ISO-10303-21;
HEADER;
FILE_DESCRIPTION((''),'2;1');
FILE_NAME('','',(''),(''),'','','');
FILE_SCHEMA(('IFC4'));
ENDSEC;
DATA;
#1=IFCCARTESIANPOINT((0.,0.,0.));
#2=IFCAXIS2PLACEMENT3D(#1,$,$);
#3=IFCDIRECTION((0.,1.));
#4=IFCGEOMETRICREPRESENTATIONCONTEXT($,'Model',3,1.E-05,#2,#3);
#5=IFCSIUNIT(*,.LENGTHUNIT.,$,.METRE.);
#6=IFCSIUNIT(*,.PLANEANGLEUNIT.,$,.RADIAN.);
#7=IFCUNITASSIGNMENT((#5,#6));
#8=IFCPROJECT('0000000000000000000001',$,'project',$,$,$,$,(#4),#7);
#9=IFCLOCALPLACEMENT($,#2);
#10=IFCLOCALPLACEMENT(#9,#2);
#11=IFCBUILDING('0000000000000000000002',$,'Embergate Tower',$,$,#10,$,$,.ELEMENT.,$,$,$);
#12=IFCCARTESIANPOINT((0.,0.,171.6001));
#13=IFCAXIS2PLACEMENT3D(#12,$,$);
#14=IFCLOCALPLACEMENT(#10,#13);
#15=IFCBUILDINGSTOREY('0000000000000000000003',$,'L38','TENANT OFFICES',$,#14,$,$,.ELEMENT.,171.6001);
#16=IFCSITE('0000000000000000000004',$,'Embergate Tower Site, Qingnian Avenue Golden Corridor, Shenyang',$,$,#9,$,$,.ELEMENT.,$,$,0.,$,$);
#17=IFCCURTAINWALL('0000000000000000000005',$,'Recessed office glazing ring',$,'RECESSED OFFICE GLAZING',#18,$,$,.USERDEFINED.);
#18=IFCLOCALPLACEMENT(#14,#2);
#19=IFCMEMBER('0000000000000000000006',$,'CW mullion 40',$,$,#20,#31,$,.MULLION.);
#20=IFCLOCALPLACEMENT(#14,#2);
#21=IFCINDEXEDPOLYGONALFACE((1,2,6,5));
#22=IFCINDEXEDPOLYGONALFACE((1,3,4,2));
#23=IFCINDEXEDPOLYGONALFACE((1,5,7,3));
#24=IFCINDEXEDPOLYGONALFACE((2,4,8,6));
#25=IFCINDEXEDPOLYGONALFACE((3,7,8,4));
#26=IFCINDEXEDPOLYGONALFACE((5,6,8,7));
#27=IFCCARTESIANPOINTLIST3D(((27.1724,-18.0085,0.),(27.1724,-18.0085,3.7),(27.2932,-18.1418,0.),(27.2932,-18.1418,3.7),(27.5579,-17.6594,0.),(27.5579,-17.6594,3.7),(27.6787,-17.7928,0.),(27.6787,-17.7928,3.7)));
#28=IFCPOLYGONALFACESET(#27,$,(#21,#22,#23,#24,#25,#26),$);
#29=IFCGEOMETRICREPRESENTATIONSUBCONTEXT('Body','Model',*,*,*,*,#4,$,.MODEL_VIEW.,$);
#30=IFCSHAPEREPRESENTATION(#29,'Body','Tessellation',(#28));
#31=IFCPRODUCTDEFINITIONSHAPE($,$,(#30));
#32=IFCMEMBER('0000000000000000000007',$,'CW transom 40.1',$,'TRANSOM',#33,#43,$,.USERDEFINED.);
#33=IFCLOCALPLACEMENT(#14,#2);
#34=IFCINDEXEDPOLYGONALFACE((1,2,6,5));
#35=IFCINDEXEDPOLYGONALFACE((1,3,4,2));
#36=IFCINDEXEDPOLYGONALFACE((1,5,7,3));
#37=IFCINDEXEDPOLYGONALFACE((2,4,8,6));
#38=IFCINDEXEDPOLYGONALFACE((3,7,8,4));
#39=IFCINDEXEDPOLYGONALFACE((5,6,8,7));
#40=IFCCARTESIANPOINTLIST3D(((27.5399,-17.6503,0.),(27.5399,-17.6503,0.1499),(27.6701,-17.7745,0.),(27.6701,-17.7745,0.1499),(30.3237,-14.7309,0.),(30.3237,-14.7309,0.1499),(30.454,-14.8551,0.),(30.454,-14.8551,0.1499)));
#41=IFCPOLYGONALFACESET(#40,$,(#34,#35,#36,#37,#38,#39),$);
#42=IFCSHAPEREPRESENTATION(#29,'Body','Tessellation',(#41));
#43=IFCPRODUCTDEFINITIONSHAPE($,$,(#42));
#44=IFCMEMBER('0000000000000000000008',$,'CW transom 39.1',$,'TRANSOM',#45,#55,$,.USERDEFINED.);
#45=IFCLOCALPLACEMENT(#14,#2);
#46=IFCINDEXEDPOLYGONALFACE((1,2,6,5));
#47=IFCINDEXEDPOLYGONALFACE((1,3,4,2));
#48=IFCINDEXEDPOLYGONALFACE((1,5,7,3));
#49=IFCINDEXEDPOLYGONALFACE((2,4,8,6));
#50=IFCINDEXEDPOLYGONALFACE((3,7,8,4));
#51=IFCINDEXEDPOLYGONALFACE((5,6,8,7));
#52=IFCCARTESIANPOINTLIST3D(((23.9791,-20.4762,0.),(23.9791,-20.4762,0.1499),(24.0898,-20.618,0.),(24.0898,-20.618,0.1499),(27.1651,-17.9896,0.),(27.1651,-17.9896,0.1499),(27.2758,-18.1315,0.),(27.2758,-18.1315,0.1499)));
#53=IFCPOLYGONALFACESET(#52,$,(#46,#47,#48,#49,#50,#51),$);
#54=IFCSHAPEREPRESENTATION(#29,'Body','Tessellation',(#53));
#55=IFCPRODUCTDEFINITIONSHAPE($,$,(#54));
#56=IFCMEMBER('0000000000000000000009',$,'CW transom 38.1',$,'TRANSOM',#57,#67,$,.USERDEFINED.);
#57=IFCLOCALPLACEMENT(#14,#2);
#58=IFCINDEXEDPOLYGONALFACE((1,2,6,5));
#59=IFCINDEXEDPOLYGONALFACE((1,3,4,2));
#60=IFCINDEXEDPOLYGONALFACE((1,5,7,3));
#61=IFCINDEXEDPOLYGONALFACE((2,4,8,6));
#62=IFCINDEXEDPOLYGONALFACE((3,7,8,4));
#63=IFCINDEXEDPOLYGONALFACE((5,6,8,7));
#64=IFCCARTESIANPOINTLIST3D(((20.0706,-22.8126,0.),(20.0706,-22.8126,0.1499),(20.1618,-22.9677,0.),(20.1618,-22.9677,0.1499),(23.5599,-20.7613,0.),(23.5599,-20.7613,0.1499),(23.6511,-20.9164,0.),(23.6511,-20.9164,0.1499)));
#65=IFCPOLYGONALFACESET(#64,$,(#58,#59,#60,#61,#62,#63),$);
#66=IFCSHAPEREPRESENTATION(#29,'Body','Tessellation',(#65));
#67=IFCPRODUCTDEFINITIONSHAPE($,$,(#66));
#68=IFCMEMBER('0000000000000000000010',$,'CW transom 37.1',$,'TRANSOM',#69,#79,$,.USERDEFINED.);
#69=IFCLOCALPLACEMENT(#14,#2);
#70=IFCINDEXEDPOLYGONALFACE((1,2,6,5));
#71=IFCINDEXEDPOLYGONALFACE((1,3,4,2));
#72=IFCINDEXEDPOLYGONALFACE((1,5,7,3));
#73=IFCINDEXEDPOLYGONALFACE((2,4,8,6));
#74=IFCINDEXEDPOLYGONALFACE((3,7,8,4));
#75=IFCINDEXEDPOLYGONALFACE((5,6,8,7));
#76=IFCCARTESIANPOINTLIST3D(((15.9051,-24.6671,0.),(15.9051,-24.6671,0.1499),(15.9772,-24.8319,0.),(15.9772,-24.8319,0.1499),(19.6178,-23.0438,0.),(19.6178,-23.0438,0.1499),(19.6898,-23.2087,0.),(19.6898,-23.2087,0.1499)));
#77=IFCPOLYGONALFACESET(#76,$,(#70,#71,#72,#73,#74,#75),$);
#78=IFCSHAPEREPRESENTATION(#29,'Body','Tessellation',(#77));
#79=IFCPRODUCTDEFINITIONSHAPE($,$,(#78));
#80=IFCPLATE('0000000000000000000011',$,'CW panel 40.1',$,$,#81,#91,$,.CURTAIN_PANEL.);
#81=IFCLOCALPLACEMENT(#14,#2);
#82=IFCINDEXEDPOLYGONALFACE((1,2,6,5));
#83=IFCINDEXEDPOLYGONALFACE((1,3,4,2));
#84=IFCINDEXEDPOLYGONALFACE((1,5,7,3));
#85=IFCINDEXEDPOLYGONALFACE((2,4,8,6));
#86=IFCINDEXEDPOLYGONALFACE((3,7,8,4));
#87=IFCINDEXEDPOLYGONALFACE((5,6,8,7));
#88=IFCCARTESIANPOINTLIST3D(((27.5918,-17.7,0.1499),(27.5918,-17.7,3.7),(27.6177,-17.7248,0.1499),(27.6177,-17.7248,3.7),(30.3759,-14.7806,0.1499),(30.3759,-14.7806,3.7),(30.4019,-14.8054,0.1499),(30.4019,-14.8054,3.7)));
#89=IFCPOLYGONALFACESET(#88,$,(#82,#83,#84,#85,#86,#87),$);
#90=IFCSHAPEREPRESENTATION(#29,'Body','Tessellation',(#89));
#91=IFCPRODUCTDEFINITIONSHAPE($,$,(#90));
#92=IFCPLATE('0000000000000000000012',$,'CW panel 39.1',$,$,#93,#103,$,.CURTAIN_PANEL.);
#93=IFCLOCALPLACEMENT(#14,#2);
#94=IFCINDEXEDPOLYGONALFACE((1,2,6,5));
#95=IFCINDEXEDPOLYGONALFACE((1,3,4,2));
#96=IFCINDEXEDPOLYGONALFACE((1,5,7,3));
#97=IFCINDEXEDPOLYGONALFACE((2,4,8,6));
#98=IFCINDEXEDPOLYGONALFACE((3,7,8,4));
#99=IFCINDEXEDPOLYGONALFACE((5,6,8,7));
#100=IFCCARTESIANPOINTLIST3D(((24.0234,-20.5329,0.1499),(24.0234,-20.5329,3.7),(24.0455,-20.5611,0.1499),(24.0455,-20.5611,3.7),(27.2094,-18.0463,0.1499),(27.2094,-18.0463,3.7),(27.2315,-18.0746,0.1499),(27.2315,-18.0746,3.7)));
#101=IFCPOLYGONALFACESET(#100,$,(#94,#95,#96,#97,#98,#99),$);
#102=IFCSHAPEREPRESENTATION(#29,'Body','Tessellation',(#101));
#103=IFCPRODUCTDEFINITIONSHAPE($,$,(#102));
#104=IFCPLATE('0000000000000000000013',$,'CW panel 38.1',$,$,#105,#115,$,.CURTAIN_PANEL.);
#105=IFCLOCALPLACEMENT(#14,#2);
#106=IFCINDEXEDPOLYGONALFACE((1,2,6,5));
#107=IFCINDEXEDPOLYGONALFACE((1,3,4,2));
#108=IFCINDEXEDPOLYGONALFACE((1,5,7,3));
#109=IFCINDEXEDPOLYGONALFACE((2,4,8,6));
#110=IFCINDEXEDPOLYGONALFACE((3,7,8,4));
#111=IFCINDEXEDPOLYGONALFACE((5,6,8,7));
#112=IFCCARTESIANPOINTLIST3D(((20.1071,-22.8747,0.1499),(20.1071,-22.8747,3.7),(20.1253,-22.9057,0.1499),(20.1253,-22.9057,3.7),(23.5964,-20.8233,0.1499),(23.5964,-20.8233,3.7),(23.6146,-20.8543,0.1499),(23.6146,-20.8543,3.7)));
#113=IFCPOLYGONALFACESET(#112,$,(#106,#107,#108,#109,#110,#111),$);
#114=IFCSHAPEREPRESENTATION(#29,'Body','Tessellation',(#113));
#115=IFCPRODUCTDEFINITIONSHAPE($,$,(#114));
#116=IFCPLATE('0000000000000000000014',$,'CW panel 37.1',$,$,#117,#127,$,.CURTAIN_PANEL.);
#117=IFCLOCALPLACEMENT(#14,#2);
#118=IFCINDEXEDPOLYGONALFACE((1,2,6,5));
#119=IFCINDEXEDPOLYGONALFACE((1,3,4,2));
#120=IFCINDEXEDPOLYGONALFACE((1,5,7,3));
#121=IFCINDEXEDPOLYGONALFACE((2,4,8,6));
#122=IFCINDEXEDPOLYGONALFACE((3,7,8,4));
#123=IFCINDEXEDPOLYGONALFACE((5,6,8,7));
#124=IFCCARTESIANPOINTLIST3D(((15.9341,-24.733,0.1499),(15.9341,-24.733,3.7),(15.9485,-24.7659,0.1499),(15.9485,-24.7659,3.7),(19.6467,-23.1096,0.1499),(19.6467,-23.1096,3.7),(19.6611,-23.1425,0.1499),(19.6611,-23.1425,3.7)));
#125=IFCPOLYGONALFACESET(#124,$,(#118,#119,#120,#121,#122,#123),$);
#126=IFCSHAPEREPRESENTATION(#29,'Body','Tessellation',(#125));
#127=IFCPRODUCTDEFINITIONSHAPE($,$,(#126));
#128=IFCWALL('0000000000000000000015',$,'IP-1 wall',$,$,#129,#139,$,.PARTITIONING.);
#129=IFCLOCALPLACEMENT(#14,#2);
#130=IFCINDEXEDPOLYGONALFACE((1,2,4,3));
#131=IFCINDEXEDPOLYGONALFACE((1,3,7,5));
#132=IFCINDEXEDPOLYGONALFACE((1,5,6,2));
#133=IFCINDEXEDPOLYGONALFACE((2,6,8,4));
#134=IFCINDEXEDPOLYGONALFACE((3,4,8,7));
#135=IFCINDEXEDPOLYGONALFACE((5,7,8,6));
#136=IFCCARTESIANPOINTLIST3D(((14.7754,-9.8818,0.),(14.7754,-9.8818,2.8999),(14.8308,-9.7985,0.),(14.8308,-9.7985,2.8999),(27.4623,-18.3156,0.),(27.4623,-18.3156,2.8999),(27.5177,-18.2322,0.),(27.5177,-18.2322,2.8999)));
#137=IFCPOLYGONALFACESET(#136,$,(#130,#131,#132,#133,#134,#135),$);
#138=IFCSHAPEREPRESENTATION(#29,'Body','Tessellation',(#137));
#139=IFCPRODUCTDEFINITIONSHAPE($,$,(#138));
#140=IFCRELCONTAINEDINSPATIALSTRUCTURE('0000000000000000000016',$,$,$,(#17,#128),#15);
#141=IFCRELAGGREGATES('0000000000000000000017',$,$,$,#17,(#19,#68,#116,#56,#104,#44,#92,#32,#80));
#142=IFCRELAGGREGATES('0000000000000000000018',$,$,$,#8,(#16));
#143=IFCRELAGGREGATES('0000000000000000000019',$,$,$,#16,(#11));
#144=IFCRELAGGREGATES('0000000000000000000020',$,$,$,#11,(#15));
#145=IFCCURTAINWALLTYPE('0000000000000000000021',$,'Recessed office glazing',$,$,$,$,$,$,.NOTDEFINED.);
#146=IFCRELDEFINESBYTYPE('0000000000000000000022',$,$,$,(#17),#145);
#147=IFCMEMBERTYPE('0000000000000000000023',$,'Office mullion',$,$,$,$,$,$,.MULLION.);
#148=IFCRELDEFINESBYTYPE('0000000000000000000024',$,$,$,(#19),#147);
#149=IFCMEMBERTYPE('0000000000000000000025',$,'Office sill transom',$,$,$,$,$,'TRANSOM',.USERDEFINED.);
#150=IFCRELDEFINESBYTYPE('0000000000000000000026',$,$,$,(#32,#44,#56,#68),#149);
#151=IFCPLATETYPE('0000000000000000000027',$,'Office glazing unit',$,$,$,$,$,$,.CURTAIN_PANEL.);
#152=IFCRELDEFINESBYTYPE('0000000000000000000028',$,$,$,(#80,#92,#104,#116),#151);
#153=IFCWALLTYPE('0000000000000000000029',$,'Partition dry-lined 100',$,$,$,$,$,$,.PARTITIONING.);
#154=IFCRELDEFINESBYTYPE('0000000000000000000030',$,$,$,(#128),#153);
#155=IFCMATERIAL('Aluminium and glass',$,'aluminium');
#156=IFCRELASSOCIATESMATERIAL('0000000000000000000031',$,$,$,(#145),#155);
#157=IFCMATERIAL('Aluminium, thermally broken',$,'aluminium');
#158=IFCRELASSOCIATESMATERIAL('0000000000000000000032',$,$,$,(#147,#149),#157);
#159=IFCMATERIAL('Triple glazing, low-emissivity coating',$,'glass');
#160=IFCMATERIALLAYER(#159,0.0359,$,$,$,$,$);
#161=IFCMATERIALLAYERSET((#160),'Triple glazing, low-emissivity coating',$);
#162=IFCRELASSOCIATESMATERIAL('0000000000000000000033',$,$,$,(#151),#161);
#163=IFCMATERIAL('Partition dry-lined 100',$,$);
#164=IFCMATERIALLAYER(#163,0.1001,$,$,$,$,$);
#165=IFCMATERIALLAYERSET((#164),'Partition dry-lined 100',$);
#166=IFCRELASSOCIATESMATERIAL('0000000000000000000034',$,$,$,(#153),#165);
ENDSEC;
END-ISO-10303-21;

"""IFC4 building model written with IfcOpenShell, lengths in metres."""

from ifc_helpers import new_model, si_unit, direction, frame, frame_2d, origin, origin_2d, place, context, subcontext, project, spatial, rectangle, extrude, source, transform, mapped, material, layer, layer_set, material_profile, profile_set, type_object, element, aggregate, save


model = new_model("IFC4")

# Units and contexts
model_context = context("Model", 3, precision=1e-05, world=origin(), true_north=direction((0.0, 1.0)))
body_context = subcontext(model_context, "Body", "Model", "MODEL_VIEW")
ifc_project = project(units=[si_unit("LENGTHUNIT", "METRE"), si_unit("PLANEANGLEUNIT", "RADIAN")], contexts=[model_context])

# Site, building, storey
site_placement = place(None, origin())
site = spatial("IfcSite", under=ifc_project, at=site_placement, Name="Embergate Tower Site, Qingnian Avenue Golden Corridor, Shenyang", CompositionType="ELEMENT", RefElevation=0.0)
building_placement = place(site_placement, origin())
building = spatial("IfcBuilding", under=site, at=building_placement, Name="Embergate Tower", CompositionType="ELEMENT")
storey_placement = place(building_placement, frame((0.0, 0.0, 171.6001)))
storey = spatial("IfcBuildingStorey", under=building, at=storey_placement, Name="L38", Description="TENANT OFFICES", CompositionType="ELEMENT", Elevation=171.6001)

# Curtain wall, members, plates
ifc_material_1 = material(Name="Aluminium and glass", Category="aluminium")
curtain_wall_type = type_object("IfcCurtainWallType", Name="Recessed office glazing", PredefinedType="NOTDEFINED", material=ifc_material_1)
curtain_wall_placement = place(storey_placement, origin())
curtain_wall = element("IfcCurtainWall", 1, at=curtain_wall_placement, inside=storey, type_object=curtain_wall_type, Name="Recessed office glazing ring", ObjectType="RECESSED OFFICE GLAZING", PredefinedType="USERDEFINED")
ifc_material_2 = material(Name="Aluminium, thermally broken", Category="aluminium")
ifc_material_profile_1 = material_profile(ifc_material_2, rectangle(XDim=0.1799, YDim=0.52, at=origin_2d()), Name="AL 520x180")
ifc_profile_set_1 = profile_set([ifc_material_profile_1], Name="Aluminium, thermally broken")
member_type_1 = type_object("IfcMemberType", Name="Office mullion", PredefinedType="MULLION", material=ifc_profile_set_1)
shared_shape_1 = source(origin(), body_context, "Body", "SweptSolid", [
    extrude(rectangle(XDim=0.1799, YDim=0.52, at=origin_2d()), origin(), (0.0, 0.0, 1.0), 3.7),
])
member_1_placement = place(storey_placement, frame((27.4255, -17.9006, 0.0), z_axis=(0.0, 0.0, 1.0), x_axis=(-0.671221, 0.741257, 0.0)))
member_1 = element("IfcMember", 2, at=member_1_placement, type_object=member_type_1, Name="CW mullion 40", PredefinedType="MULLION", context=body_context, shape_type="MappedRepresentation", body=[
    mapped(shared_shape_1, transform((0.0, 0.0, 0.0))),
])
ifc_material_profile_2 = material_profile(ifc_material_2, rectangle(XDim=0.1799, YDim=0.1499, at=origin_2d()), Name="AL 150x180")
ifc_profile_set_2 = profile_set([ifc_material_profile_2], Name="Aluminium, thermally broken")
member_type_2 = type_object("IfcMemberType", Name="Office sill transom", ElementType="TRANSOM", PredefinedType="USERDEFINED", material=ifc_profile_set_2)
shared_shape_2 = source(origin(), body_context, "Body", "SweptSolid", [
    extrude(rectangle(XDim=0.1799, YDim=0.1499, at=origin_2d()), origin(), (0.0, 0.0, 1.0), 4.0339),
])
member_2_placement = place(storey_placement, frame((27.605, -17.7124, 0.075), z_axis=(0.690113, 0.723702, 0.0), x_axis=(-0.723702, 0.690113, 0.0)))
member_2 = element("IfcMember", 3, at=member_2_placement, type_object=member_type_2, Name="CW transom 40.1", ObjectType="TRANSOM", PredefinedType="USERDEFINED", context=body_context, shape_type="MappedRepresentation", body=[
    mapped(shared_shape_2, transform((0.0, 0.0, 0.0))),
])
shared_shape_3 = source(origin(), body_context, "Body", "SweptSolid", [
    extrude(rectangle(XDim=0.1799, YDim=0.1499, at=origin_2d()), origin(), (0.0, 0.0, 1.0), 4.0415),
])
member_3_placement = place(storey_placement, frame((24.0344, -20.5471, 0.075), z_axis=(0.788327, 0.615257, 0.0), x_axis=(-0.615257, 0.788327, 0.0)))
member_3 = element("IfcMember", 4, at=member_3_placement, type_object=member_type_2, Name="CW transom 39.1", ObjectType="TRANSOM", PredefinedType="USERDEFINED", context=body_context, shape_type="MappedRepresentation", body=[
    mapped(shared_shape_3, transform((0.0, 0.0, 0.0))),
])
shared_shape_4 = source(origin(), body_context, "Body", "SweptSolid", [
    extrude(rectangle(XDim=0.1799, YDim=0.1499, at=origin_2d()), origin(), (0.0, 0.0, 1.0), 4.0476),
])
member_4_placement = place(storey_placement, frame((20.1162, -22.8901, 0.075), z_axis=(0.862068, 0.506793, 0.0), x_axis=(-0.506793, 0.862068, 0.0)))
member_4 = element("IfcMember", 5, at=member_4_placement, type_object=member_type_2, Name="CW transom 38.1", ObjectType="TRANSOM", PredefinedType="USERDEFINED", context=body_context, shape_type="MappedRepresentation", body=[
    mapped(shared_shape_4, transform((0.0, 0.0, 0.0))),
])
shared_shape_5 = source(origin(), body_context, "Body", "SweptSolid", [
    extrude(rectangle(XDim=0.1799, YDim=0.1499, at=origin_2d()), origin(), (0.0, 0.0, 1.0), 4.052),
])
member_5_placement = place(storey_placement, frame((15.9412, -24.7495, 0.075), z_axis=(0.916247, 0.400613, 0.0), x_axis=(-0.400613, 0.916247, 0.0)))
member_5 = element("IfcMember", 6, at=member_5_placement, type_object=member_type_2, Name="CW transom 37.1", ObjectType="TRANSOM", PredefinedType="USERDEFINED", context=body_context, shape_type="MappedRepresentation", body=[
    mapped(shared_shape_5, transform((0.0, 0.0, 0.0))),
])
ifc_material_3 = material(Name="Triple glazing, low-emissivity coating", Category="glass")
ifc_layer_1 = layer(ifc_material_3, 0.0359)
ifc_layer_set_1 = layer_set([ifc_layer_1], Name="Triple glazing, low-emissivity coating")
plate_type = type_object("IfcPlateType", Name="Office glazing unit", PredefinedType="CURTAIN_PANEL", material=ifc_layer_set_1)
shared_shape_6 = source(origin(), body_context, "Body", "SweptSolid", [
    extrude(rectangle(XDim=4.0342, YDim=0.0359, at=origin_2d()), origin(), (0.0, 0.0, 1.0), 3.55),
])
plate_1_placement = place(storey_placement, frame((28.9968, -16.2527, 0.1499), z_axis=(0.0, 0.0, 1.0), x_axis=(0.69014, 0.723676, 0.0)))
plate_1 = element("IfcPlate", 7, at=plate_1_placement, type_object=plate_type, Name="CW panel 40.1", PredefinedType="CURTAIN_PANEL", context=body_context, shape_type="MappedRepresentation", body=[
    mapped(shared_shape_6, transform((0.0, 0.0, 0.0))),
])
shared_shape_7 = source(origin(), body_context, "Body", "SweptSolid", [
    extrude(rectangle(XDim=4.0415, YDim=0.0359, at=origin_2d()), origin(), (0.0, 0.0, 1.0), 3.55),
])
plate_2_placement = place(storey_placement, frame((25.6274, -19.3037, 0.1499), z_axis=(0.0, 0.0, 1.0), x_axis=(0.788324, 0.61526, 0.0)))
plate_2 = element("IfcPlate", 8, at=plate_2_placement, type_object=plate_type, Name="CW panel 39.1", PredefinedType="CURTAIN_PANEL", context=body_context, shape_type="MappedRepresentation", body=[
    mapped(shared_shape_7, transform((0.0, 0.0, 0.0))),
])
shared_shape_8 = source(origin(), body_context, "Body", "SweptSolid", [
    extrude(rectangle(XDim=4.0476, YDim=0.0359, at=origin_2d()), origin(), (0.0, 0.0, 1.0), 3.55),
])
plate_3_placement = place(storey_placement, frame((21.8608, -21.8645, 0.1499), z_axis=(0.0, 0.0, 1.0), x_axis=(0.862056, 0.506813, 0.0)))
plate_3 = element("IfcPlate", 9, at=plate_3_placement, type_object=plate_type, Name="CW panel 38.1", PredefinedType="CURTAIN_PANEL", context=body_context, shape_type="MappedRepresentation", body=[
    mapped(shared_shape_8, transform((0.0, 0.0, 0.0))),
])
shared_shape_9 = source(origin(), body_context, "Body", "SweptSolid", [
    extrude(rectangle(XDim=4.052, YDim=0.0359, at=origin_2d()), origin(), (0.0, 0.0, 1.0), 3.55),
])
plate_4_placement = place(storey_placement, frame((17.7976, -23.9377, 0.1499), z_axis=(0.0, 0.0, 1.0), x_axis=(0.916238, 0.400634, 0.0)))
plate_4 = element("IfcPlate", 10, at=plate_4_placement, type_object=plate_type, Name="CW panel 37.1", PredefinedType="CURTAIN_PANEL", context=body_context, shape_type="MappedRepresentation", body=[
    mapped(shared_shape_9, transform((0.0, 0.0, 0.0))),
])
aggregate(curtain_wall, [member_1, member_5, plate_4, member_4, plate_3, member_3, plate_2, member_2, plate_1])

# Wall
ifc_material_4 = material(Name="Partition dry-lined 100")
ifc_layer_2 = layer(ifc_material_4, 0.1001)
ifc_layer_set_2 = layer_set([ifc_layer_2], Name="Partition dry-lined 100")
wall_type = type_object("IfcWallType", Name="Partition dry-lined 100", PredefinedType="PARTITIONING", material=ifc_layer_set_2)
shared_shape_10 = source(origin(), body_context, "Body", "SweptSolid", [
    extrude(rectangle(XDim=15.2344, YDim=0.1001, at=frame_2d((7.6172, 0.0))), origin(), (0.0, 0.0, 1.0), 2.8999),
])
wall_placement = place(storey_placement, frame((27.49, -18.2739, 0.0), z_axis=(0.0, 0.0, 1.0), x_axis=(-0.832782, 0.553601, 0.0)))
element("IfcWall", 11, at=wall_placement, inside=storey, type_object=wall_type, Name="IP-1 wall", PredefinedType="PARTITIONING", context=body_context, shape_type="MappedRepresentation", body=[
    mapped(shared_shape_10, transform((0.0, 0.0, 0.0))),
])

save(model, "model.ifc")
